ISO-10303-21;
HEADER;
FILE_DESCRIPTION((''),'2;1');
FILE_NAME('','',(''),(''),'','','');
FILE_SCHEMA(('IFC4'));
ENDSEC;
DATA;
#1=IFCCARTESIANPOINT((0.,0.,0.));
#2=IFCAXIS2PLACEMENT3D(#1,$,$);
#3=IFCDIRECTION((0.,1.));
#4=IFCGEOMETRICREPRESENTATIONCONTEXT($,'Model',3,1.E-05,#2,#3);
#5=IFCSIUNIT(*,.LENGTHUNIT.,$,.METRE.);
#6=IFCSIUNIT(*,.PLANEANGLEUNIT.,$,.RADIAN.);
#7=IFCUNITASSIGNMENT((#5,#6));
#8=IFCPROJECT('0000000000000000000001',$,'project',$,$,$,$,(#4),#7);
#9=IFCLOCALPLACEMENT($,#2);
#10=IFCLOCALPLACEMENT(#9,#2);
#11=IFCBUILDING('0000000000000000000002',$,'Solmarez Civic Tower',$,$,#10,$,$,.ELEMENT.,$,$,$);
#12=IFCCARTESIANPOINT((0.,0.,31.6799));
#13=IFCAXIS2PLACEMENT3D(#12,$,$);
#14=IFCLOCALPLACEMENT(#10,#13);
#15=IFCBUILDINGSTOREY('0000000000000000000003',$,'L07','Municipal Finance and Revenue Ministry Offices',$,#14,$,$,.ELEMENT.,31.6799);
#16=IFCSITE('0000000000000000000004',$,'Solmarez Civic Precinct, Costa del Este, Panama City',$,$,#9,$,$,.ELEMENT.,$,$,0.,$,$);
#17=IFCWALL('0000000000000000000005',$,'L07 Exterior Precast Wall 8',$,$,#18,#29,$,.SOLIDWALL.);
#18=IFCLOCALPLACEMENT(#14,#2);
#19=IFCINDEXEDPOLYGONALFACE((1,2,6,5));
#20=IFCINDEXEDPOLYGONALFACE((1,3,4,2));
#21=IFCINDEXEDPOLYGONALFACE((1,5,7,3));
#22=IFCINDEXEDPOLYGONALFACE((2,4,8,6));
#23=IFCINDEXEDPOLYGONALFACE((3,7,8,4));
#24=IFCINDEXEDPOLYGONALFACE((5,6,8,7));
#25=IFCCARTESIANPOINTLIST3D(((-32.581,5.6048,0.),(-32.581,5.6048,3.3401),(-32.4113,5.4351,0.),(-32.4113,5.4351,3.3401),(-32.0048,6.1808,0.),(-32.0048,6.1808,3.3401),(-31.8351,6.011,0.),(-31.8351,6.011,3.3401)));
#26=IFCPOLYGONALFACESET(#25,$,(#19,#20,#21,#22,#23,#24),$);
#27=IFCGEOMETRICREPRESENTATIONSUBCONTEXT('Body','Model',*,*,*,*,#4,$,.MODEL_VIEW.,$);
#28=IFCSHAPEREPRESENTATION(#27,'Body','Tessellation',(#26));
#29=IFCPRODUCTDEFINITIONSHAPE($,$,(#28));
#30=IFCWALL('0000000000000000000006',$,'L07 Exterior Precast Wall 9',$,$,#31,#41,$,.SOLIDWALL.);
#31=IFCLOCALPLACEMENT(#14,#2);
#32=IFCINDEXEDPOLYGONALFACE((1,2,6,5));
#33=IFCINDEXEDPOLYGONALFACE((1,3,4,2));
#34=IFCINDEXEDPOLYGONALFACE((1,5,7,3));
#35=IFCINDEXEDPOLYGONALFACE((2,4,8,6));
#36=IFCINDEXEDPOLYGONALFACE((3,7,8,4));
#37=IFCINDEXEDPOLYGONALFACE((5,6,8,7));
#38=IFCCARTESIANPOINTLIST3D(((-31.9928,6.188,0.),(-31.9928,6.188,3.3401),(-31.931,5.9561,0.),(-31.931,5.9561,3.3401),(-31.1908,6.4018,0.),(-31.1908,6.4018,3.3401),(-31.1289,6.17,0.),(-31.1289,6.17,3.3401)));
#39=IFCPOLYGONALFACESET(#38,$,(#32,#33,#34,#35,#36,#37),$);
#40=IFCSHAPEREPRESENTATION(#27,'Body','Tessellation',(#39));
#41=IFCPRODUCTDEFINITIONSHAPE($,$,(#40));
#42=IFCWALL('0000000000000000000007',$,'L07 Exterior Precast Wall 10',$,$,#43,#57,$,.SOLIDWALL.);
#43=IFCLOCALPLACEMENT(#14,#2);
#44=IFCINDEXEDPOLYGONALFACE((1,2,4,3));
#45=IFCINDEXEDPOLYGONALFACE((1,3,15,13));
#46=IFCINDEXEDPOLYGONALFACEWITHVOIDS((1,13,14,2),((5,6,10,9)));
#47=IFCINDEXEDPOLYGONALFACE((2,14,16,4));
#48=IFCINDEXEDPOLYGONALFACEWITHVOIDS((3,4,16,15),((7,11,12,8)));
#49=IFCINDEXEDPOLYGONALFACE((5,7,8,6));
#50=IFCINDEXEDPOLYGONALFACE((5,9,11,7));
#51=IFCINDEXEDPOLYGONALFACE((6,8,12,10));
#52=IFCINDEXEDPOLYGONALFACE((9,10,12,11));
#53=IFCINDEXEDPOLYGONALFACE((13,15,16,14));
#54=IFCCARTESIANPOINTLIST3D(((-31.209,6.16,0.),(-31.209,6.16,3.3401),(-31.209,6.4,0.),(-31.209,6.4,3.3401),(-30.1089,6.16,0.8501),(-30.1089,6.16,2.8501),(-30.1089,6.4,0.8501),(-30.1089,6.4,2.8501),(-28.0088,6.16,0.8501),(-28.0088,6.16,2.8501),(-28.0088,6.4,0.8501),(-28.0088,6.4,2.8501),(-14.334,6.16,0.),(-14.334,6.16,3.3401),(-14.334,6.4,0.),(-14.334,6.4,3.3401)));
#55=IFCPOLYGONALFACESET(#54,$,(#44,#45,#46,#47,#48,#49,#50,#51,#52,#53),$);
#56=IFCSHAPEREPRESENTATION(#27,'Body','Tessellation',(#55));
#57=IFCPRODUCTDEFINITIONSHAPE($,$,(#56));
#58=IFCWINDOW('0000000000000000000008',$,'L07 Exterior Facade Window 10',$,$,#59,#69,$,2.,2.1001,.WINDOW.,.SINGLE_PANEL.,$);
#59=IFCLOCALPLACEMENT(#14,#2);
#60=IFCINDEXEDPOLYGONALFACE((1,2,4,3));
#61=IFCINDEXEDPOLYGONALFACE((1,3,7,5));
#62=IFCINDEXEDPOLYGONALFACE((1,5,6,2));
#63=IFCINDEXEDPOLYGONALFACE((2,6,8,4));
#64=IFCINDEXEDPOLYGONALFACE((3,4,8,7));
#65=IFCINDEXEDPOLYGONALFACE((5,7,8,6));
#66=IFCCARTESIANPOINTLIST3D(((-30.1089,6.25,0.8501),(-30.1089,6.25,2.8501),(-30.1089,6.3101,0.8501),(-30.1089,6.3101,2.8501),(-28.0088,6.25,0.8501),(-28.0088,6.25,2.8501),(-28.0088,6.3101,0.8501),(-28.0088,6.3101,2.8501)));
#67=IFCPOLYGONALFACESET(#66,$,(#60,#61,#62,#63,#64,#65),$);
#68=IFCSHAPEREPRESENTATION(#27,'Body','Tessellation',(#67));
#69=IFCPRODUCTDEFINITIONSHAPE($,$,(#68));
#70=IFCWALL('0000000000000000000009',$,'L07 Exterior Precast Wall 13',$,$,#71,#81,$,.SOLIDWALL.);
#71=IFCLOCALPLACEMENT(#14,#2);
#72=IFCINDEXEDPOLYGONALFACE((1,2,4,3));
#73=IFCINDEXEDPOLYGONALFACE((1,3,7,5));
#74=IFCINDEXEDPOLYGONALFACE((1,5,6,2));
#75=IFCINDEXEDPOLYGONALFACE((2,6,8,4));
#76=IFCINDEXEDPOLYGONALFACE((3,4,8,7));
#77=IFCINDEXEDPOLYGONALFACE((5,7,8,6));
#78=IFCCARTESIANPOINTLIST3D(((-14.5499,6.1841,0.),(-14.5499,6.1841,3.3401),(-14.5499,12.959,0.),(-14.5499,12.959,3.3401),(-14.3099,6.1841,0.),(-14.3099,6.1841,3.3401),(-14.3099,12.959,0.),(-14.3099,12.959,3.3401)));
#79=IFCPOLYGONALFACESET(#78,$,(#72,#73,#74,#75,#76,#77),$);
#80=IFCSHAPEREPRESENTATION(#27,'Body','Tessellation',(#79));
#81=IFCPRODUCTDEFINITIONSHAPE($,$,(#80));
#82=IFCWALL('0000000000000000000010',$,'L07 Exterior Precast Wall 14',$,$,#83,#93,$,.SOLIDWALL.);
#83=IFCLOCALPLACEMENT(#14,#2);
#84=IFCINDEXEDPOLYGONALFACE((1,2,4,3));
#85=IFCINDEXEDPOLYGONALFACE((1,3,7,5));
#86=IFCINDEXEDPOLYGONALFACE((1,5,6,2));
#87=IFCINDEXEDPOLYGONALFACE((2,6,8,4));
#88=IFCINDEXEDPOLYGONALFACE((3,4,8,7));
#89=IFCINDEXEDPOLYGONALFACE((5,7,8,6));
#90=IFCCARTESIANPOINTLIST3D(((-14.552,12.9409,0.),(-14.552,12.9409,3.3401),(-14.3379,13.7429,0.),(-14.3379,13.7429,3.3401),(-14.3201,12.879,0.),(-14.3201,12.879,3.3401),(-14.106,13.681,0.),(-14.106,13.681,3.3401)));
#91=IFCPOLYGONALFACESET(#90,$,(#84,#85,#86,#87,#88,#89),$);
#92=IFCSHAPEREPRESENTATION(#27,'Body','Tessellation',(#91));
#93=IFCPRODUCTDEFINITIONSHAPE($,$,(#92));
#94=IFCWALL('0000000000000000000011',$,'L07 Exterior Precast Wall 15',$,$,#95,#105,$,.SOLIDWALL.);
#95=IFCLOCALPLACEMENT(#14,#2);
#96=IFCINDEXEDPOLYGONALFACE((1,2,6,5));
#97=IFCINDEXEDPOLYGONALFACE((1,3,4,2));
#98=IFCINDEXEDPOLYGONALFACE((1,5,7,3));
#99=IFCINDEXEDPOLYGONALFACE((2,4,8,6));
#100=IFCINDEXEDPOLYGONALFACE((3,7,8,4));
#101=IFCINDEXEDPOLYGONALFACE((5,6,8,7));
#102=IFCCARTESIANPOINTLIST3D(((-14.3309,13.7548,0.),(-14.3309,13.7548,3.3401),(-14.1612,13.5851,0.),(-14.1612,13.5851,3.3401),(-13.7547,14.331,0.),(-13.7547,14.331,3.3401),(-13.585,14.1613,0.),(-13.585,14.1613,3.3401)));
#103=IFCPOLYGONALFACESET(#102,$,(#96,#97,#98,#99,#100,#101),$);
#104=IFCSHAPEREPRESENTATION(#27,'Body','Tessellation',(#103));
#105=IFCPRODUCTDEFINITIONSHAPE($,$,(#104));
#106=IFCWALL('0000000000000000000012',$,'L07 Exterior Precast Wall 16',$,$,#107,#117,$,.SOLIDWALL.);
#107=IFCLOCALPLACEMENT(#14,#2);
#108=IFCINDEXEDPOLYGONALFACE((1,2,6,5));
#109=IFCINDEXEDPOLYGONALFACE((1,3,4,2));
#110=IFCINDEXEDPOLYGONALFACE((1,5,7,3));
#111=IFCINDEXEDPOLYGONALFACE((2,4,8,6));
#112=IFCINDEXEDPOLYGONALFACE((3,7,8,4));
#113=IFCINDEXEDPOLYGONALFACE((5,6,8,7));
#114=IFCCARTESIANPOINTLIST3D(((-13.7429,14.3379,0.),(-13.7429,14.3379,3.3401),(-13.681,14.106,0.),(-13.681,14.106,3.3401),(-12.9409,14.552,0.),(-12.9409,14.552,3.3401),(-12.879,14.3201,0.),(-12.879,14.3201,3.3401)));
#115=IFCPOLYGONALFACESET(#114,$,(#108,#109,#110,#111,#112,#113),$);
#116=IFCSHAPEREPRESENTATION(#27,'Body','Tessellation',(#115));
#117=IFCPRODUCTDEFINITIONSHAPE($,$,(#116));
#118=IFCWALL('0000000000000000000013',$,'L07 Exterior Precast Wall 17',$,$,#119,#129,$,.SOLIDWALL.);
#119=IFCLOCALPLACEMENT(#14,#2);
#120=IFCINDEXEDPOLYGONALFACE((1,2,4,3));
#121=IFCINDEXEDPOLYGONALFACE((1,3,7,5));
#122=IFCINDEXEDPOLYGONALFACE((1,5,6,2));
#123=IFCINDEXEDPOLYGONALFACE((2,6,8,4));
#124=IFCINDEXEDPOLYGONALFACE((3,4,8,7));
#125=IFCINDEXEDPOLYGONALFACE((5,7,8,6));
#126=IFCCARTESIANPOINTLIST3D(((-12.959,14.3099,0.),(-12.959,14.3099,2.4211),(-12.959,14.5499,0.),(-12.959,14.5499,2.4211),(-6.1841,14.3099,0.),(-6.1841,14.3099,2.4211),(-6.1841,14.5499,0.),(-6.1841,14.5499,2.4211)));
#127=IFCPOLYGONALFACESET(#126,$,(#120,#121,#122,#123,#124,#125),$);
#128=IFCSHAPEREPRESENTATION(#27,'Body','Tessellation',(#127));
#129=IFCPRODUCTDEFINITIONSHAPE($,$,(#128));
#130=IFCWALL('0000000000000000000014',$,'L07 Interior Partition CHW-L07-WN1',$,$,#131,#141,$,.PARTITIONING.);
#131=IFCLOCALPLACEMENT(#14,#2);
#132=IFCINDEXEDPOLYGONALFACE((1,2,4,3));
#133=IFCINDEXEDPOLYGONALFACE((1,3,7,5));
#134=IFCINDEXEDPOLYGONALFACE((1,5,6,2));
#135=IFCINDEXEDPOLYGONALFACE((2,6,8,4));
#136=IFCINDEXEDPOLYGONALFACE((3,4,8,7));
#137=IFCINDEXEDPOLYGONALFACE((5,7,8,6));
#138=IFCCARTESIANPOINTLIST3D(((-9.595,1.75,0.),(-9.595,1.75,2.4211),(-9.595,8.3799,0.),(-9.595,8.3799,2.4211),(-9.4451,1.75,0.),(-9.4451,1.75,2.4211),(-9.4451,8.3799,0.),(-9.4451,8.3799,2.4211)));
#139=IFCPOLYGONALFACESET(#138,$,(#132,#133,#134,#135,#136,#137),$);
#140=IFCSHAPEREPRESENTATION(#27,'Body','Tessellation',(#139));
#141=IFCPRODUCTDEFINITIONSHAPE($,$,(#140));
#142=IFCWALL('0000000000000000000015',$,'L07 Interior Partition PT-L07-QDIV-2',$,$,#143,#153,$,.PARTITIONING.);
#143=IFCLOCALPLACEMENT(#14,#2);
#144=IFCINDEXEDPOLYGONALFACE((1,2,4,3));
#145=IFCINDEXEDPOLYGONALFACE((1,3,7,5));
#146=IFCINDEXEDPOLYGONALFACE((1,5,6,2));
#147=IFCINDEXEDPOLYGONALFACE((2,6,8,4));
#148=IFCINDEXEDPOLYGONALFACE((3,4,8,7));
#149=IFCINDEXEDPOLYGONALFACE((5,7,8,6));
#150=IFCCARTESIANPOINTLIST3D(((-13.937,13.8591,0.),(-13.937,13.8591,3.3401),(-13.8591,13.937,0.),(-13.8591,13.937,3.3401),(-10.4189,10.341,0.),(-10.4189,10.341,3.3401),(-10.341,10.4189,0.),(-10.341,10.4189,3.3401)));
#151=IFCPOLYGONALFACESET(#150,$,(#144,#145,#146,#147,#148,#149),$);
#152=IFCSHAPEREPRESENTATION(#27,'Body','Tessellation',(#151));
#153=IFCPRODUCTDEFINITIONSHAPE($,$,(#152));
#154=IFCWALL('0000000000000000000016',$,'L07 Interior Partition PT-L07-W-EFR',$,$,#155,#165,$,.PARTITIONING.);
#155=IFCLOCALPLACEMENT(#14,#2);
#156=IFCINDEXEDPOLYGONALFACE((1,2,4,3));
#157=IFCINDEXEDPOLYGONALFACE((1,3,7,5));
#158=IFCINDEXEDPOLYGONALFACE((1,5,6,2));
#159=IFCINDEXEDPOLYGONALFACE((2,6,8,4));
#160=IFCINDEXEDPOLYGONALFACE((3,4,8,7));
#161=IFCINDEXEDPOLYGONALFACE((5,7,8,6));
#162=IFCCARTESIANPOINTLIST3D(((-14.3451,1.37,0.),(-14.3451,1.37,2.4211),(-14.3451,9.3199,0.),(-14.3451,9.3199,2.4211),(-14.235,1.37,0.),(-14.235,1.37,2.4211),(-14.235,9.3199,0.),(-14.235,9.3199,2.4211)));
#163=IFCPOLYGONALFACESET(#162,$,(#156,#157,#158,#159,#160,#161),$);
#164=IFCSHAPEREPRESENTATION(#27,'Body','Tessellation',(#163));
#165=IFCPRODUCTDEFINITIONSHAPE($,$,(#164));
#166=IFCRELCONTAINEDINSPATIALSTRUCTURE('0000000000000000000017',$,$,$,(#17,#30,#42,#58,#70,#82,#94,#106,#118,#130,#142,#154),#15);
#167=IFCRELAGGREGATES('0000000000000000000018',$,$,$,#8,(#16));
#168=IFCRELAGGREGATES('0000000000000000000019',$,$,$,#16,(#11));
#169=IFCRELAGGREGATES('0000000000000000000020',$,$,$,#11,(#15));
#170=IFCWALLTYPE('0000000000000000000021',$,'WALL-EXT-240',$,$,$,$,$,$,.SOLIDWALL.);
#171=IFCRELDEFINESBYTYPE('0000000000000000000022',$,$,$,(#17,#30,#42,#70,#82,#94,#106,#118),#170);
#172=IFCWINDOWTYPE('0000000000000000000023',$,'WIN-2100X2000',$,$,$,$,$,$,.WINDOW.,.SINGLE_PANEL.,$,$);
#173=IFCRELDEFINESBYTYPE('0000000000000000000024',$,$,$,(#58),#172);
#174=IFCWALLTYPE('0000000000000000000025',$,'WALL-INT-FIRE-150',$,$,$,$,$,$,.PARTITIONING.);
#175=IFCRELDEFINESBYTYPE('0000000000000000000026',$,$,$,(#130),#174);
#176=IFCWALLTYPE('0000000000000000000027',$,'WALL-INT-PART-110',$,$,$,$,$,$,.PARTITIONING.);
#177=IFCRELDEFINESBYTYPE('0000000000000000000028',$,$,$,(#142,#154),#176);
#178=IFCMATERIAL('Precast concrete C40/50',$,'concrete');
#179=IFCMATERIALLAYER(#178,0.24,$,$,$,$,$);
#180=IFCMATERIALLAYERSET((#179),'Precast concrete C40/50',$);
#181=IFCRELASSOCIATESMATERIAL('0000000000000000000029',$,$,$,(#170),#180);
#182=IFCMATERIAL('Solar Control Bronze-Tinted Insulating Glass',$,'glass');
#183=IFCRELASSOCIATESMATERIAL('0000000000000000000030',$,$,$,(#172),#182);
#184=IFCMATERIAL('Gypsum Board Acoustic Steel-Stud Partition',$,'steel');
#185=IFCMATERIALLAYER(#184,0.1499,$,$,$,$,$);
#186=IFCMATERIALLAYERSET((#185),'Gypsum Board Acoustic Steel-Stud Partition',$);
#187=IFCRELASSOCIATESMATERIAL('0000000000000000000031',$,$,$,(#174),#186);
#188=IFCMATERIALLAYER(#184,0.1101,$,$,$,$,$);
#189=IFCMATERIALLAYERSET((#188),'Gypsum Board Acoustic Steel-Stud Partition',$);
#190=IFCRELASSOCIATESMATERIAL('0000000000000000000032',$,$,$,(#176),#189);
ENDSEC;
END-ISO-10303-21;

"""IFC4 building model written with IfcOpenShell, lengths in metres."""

from ifc_helpers import new_model, si_unit, direction, frame, frame_2d, origin, place, context, subcontext, project, spatial, rectangle, extrude, material, layer, layer_set, type_object, element, fill, save


model = new_model("IFC4")

# Units and contexts
model_context = context("Model", 3, precision=1e-05, world=origin(), true_north=direction((0.0, 1.0)))
body_context = subcontext(model_context, "Body", "Model", "MODEL_VIEW")
ifc_project = project(units=[si_unit("LENGTHUNIT", "METRE"), si_unit("PLANEANGLEUNIT", "RADIAN")], contexts=[model_context])

# Site, building, storey
site_placement = place(None, origin())
site = spatial("IfcSite", under=ifc_project, at=site_placement, Name="Solmarez Civic Precinct, Costa del Este, Panama City", CompositionType="ELEMENT", RefElevation=0.0)
building_placement = place(site_placement, origin())
building = spatial("IfcBuilding", under=site, at=building_placement, Name="Solmarez Civic Tower", CompositionType="ELEMENT")
storey_placement = place(building_placement, frame((0.0, 0.0, 31.6799)))
storey = spatial("IfcBuildingStorey", under=building, at=storey_placement, Name="L07", Description="Municipal Finance and Revenue Ministry Offices", CompositionType="ELEMENT", Elevation=31.6799)

# Walls
ifc_material_1 = material(Name="Precast concrete C40/50", Category="concrete")
ifc_layer_1 = layer(ifc_material_1, 0.24)
ifc_layer_set_1 = layer_set([ifc_layer_1], Name="Precast concrete C40/50")
wall_type_1 = type_object("IfcWallType", Name="WALL-EXT-240", PredefinedType="SOLIDWALL", material=ifc_layer_set_1)
wall_1_placement = place(storey_placement, frame((-32.4961, 5.52, 0.0), z_axis=(0.0, 0.0, 1.0), x_axis=(0.707257, 0.706957, 0.0)))
element("IfcWall", 1, at=wall_1_placement, inside=storey, type_object=wall_type_1, Name="L07 Exterior Precast Wall 8", PredefinedType="SOLIDWALL", context=body_context, shape_type="SweptSolid", body=[
    extrude(rectangle(XDim=0.8147, YDim=0.24, at=frame_2d((0.4072, 0.0))), origin(), (0.0, 0.0, 1.0), 3.3401),
])
wall_2_placement = place(storey_placement, frame((-31.9619, 6.072, 0.0), z_axis=(0.0, 0.0, 1.0), x_axis=(0.966235, 0.257663, 0.0)))
element("IfcWall", 2, at=wall_2_placement, inside=storey, type_object=wall_type_1, Name="L07 Exterior Precast Wall 9", PredefinedType="SOLIDWALL", context=body_context, shape_type="SweptSolid", body=[
    extrude(rectangle(XDim=0.8301, YDim=0.24, at=frame_2d((0.415, 0.0))), origin(), (0.0, 0.0, 1.0), 3.3401),
])

# Wall, opening, window
wall_3_placement = place(storey_placement, frame((-31.209, 6.28, 0.0), z_axis=(0.0, 0.0, 1.0), x_axis=(1.0, 0.0, 0.0)))
wall_3 = element("IfcWall", 3, at=wall_3_placement, inside=storey, type_object=wall_type_1, Name="L07 Exterior Precast Wall 10", PredefinedType="SOLIDWALL", context=body_context, shape_type="SweptSolid", body=[
    extrude(rectangle(XDim=16.875, YDim=0.24, at=frame_2d((8.4375, 0.0))), origin(), (0.0, 0.0, 1.0), 3.3401),
])
opening_1_placement = place(wall_3_placement, frame((1.1001, 0.0, 0.8501)))
opening_1 = element("IfcOpeningElement", 4, at=opening_1_placement, cuts=wall_3, PredefinedType="OPENING", context=body_context, shape_type="SweptSolid", body=[
    extrude(rectangle(XDim=2.1001, YDim=2.0, at=frame_2d((1.05, 1.0))), frame((0.0, 0.1299, 0.0), z_axis=(0.0, -1.0, 0.0), x_axis=(1.0, 0.0, 0.0)), (0.0, 0.0, 1.0), 0.26),
])
ifc_material_2 = material(Name="Solar Control Bronze-Tinted Insulating Glass", Category="glass")
window_type = type_object("IfcWindowType", Name="WIN-2100X2000", PartitioningType="SINGLE_PANEL", PredefinedType="WINDOW", material=ifc_material_2)
window_placement = place(opening_1_placement, origin())
window = element("IfcWindow", 5, at=window_placement, inside=storey, type_object=window_type, Name="L07 Exterior Facade Window 10", OverallHeight=2.0, OverallWidth=2.1001, PartitioningType="SINGLE_PANEL", PredefinedType="WINDOW", context=body_context, shape_type="SweptSolid", body=[
    extrude(rectangle(XDim=2.1001, YDim=2.0, at=frame_2d((1.05, 1.0))), frame((0.0, 0.03, 0.0), z_axis=(0.0, -1.0, 0.0), x_axis=(1.0, 0.0, 0.0)), (0.0, 0.0, 1.0), 0.0601),
])
fill(opening_1, window)

# Walls
wall_4_placement = place(storey_placement, frame((-14.4299, 6.1841, 0.0), z_axis=(0.0, 0.0, 1.0), x_axis=(0.0, 1.0, 0.0)))
element("IfcWall", 6, at=wall_4_placement, inside=storey, type_object=wall_type_1, Name="L07 Exterior Precast Wall 13", PredefinedType="SOLIDWALL", context=body_context, shape_type="SweptSolid", body=[
    extrude(rectangle(XDim=6.7749, YDim=0.24, at=frame_2d((3.3875, 0.0))), origin(), (0.0, 0.0, 1.0), 3.3401),
])
wall_5_placement = place(storey_placement, frame((-14.436, 12.9099, 0.0), z_axis=(0.0, 0.0, 1.0), x_axis=(0.257937, 0.966162, 0.0)))
element("IfcWall", 7, at=wall_5_placement, inside=storey, type_object=wall_type_1, Name="L07 Exterior Precast Wall 14", PredefinedType="SOLIDWALL", context=body_context, shape_type="SweptSolid", body=[
    extrude(rectangle(XDim=0.8301, YDim=0.24, at=frame_2d((0.415, 0.0))), origin(), (0.0, 0.0, 1.0), 3.3401),
])
wall_6_placement = place(storey_placement, frame((-14.2461, 13.6699, 0.0), z_axis=(0.0, 0.0, 1.0), x_axis=(0.707107, 0.707107, 0.0)))
element("IfcWall", 8, at=wall_6_placement, inside=storey, type_object=wall_type_1, Name="L07 Exterior Precast Wall 15", PredefinedType="SOLIDWALL", context=body_context, shape_type="SweptSolid", body=[
    extrude(rectangle(XDim=0.8149, YDim=0.24, at=frame_2d((0.4075, 0.0))), origin(), (0.0, 0.0, 1.0), 3.3401),
])
wall_7_placement = place(storey_placement, frame((-13.7119, 14.2219, 0.0), z_axis=(0.0, 0.0, 1.0), x_axis=(0.966162, 0.257937, 0.0)))
element("IfcWall", 9, at=wall_7_placement, inside=storey, type_object=wall_type_1, Name="L07 Exterior Precast Wall 16", PredefinedType="SOLIDWALL", context=body_context, shape_type="SweptSolid", body=[
    extrude(rectangle(XDim=0.8301, YDim=0.24, at=frame_2d((0.415, 0.0))), origin(), (0.0, 0.0, 1.0), 3.3401),
])
wall_8_placement = place(storey_placement, frame((-12.959, 14.4299, 0.0), z_axis=(0.0, 0.0, 1.0), x_axis=(1.0, 0.0, 0.0)))
element("IfcWall", 10, at=wall_8_placement, inside=storey, type_object=wall_type_1, Name="L07 Exterior Precast Wall 17", PredefinedType="SOLIDWALL", context=body_context, shape_type="SweptSolid", body=[
    extrude(rectangle(XDim=6.7749, YDim=0.24, at=frame_2d((3.3875, 0.0))), origin(), (0.0, 0.0, 1.0), 2.4211),
])
ifc_material_3 = material(Name="Gypsum Board Acoustic Steel-Stud Partition", Category="steel")
ifc_layer_2 = layer(ifc_material_3, 0.1499)
ifc_layer_set_2 = layer_set([ifc_layer_2], Name="Gypsum Board Acoustic Steel-Stud Partition")
wall_type_2 = type_object("IfcWallType", Name="WALL-INT-FIRE-150", PredefinedType="PARTITIONING", material=ifc_layer_set_2)
wall_9_placement = place(storey_placement, frame((-9.52, 1.75, 0.0), z_axis=(0.0, 0.0, 1.0), x_axis=(0.0, 1.0, 0.0)))
element("IfcWall", 11, at=wall_9_placement, inside=storey, type_object=wall_type_2, Name="L07 Interior Partition CHW-L07-WN1", PredefinedType="PARTITIONING", context=body_context, shape_type="SweptSolid", body=[
    extrude(rectangle(XDim=6.6299, YDim=0.1499, at=frame_2d((3.3149, 0.0))), origin(), (0.0, 0.0, 1.0), 2.4211),
])
ifc_layer_3 = layer(ifc_material_3, 0.1101)
ifc_layer_set_3 = layer_set([ifc_layer_3], Name="Gypsum Board Acoustic Steel-Stud Partition")
wall_type_3 = type_object("IfcWallType", Name="WALL-INT-PART-110", PredefinedType="PARTITIONING", material=ifc_layer_set_3)
wall_10_placement = place(storey_placement, frame((-10.3799, 10.3799, 0.0), z_axis=(0.0, 0.0, 1.0), x_axis=(-0.707107, 0.707107, 0.0)))
element("IfcWall", 12, at=wall_10_placement, inside=storey, type_object=wall_type_3, Name="L07 Interior Partition PT-L07-QDIV-2", PredefinedType="PARTITIONING", context=body_context, shape_type="SweptSolid", body=[
    extrude(rectangle(XDim=4.9753, YDim=0.1101, at=frame_2d((2.4878, 0.0))), origin(), (0.0, 0.0, 1.0), 3.3401),
])
wall_11_placement = place(storey_placement, frame((-14.29, 9.3201, 0.0), z_axis=(0.0, 0.0, 1.0), x_axis=(0.0, -1.0, 0.0)))
element("IfcWall", 13, at=wall_11_placement, inside=storey, type_object=wall_type_3, Name="L07 Interior Partition PT-L07-W-EFR", PredefinedType="PARTITIONING", context=body_context, shape_type="SweptSolid", body=[
    extrude(rectangle(XDim=7.95, YDim=0.1101, at=frame_2d((3.9751, 0.0))), origin(), (0.0, 0.0, 1.0), 2.4211),
])

save(model, "model.ifc")
